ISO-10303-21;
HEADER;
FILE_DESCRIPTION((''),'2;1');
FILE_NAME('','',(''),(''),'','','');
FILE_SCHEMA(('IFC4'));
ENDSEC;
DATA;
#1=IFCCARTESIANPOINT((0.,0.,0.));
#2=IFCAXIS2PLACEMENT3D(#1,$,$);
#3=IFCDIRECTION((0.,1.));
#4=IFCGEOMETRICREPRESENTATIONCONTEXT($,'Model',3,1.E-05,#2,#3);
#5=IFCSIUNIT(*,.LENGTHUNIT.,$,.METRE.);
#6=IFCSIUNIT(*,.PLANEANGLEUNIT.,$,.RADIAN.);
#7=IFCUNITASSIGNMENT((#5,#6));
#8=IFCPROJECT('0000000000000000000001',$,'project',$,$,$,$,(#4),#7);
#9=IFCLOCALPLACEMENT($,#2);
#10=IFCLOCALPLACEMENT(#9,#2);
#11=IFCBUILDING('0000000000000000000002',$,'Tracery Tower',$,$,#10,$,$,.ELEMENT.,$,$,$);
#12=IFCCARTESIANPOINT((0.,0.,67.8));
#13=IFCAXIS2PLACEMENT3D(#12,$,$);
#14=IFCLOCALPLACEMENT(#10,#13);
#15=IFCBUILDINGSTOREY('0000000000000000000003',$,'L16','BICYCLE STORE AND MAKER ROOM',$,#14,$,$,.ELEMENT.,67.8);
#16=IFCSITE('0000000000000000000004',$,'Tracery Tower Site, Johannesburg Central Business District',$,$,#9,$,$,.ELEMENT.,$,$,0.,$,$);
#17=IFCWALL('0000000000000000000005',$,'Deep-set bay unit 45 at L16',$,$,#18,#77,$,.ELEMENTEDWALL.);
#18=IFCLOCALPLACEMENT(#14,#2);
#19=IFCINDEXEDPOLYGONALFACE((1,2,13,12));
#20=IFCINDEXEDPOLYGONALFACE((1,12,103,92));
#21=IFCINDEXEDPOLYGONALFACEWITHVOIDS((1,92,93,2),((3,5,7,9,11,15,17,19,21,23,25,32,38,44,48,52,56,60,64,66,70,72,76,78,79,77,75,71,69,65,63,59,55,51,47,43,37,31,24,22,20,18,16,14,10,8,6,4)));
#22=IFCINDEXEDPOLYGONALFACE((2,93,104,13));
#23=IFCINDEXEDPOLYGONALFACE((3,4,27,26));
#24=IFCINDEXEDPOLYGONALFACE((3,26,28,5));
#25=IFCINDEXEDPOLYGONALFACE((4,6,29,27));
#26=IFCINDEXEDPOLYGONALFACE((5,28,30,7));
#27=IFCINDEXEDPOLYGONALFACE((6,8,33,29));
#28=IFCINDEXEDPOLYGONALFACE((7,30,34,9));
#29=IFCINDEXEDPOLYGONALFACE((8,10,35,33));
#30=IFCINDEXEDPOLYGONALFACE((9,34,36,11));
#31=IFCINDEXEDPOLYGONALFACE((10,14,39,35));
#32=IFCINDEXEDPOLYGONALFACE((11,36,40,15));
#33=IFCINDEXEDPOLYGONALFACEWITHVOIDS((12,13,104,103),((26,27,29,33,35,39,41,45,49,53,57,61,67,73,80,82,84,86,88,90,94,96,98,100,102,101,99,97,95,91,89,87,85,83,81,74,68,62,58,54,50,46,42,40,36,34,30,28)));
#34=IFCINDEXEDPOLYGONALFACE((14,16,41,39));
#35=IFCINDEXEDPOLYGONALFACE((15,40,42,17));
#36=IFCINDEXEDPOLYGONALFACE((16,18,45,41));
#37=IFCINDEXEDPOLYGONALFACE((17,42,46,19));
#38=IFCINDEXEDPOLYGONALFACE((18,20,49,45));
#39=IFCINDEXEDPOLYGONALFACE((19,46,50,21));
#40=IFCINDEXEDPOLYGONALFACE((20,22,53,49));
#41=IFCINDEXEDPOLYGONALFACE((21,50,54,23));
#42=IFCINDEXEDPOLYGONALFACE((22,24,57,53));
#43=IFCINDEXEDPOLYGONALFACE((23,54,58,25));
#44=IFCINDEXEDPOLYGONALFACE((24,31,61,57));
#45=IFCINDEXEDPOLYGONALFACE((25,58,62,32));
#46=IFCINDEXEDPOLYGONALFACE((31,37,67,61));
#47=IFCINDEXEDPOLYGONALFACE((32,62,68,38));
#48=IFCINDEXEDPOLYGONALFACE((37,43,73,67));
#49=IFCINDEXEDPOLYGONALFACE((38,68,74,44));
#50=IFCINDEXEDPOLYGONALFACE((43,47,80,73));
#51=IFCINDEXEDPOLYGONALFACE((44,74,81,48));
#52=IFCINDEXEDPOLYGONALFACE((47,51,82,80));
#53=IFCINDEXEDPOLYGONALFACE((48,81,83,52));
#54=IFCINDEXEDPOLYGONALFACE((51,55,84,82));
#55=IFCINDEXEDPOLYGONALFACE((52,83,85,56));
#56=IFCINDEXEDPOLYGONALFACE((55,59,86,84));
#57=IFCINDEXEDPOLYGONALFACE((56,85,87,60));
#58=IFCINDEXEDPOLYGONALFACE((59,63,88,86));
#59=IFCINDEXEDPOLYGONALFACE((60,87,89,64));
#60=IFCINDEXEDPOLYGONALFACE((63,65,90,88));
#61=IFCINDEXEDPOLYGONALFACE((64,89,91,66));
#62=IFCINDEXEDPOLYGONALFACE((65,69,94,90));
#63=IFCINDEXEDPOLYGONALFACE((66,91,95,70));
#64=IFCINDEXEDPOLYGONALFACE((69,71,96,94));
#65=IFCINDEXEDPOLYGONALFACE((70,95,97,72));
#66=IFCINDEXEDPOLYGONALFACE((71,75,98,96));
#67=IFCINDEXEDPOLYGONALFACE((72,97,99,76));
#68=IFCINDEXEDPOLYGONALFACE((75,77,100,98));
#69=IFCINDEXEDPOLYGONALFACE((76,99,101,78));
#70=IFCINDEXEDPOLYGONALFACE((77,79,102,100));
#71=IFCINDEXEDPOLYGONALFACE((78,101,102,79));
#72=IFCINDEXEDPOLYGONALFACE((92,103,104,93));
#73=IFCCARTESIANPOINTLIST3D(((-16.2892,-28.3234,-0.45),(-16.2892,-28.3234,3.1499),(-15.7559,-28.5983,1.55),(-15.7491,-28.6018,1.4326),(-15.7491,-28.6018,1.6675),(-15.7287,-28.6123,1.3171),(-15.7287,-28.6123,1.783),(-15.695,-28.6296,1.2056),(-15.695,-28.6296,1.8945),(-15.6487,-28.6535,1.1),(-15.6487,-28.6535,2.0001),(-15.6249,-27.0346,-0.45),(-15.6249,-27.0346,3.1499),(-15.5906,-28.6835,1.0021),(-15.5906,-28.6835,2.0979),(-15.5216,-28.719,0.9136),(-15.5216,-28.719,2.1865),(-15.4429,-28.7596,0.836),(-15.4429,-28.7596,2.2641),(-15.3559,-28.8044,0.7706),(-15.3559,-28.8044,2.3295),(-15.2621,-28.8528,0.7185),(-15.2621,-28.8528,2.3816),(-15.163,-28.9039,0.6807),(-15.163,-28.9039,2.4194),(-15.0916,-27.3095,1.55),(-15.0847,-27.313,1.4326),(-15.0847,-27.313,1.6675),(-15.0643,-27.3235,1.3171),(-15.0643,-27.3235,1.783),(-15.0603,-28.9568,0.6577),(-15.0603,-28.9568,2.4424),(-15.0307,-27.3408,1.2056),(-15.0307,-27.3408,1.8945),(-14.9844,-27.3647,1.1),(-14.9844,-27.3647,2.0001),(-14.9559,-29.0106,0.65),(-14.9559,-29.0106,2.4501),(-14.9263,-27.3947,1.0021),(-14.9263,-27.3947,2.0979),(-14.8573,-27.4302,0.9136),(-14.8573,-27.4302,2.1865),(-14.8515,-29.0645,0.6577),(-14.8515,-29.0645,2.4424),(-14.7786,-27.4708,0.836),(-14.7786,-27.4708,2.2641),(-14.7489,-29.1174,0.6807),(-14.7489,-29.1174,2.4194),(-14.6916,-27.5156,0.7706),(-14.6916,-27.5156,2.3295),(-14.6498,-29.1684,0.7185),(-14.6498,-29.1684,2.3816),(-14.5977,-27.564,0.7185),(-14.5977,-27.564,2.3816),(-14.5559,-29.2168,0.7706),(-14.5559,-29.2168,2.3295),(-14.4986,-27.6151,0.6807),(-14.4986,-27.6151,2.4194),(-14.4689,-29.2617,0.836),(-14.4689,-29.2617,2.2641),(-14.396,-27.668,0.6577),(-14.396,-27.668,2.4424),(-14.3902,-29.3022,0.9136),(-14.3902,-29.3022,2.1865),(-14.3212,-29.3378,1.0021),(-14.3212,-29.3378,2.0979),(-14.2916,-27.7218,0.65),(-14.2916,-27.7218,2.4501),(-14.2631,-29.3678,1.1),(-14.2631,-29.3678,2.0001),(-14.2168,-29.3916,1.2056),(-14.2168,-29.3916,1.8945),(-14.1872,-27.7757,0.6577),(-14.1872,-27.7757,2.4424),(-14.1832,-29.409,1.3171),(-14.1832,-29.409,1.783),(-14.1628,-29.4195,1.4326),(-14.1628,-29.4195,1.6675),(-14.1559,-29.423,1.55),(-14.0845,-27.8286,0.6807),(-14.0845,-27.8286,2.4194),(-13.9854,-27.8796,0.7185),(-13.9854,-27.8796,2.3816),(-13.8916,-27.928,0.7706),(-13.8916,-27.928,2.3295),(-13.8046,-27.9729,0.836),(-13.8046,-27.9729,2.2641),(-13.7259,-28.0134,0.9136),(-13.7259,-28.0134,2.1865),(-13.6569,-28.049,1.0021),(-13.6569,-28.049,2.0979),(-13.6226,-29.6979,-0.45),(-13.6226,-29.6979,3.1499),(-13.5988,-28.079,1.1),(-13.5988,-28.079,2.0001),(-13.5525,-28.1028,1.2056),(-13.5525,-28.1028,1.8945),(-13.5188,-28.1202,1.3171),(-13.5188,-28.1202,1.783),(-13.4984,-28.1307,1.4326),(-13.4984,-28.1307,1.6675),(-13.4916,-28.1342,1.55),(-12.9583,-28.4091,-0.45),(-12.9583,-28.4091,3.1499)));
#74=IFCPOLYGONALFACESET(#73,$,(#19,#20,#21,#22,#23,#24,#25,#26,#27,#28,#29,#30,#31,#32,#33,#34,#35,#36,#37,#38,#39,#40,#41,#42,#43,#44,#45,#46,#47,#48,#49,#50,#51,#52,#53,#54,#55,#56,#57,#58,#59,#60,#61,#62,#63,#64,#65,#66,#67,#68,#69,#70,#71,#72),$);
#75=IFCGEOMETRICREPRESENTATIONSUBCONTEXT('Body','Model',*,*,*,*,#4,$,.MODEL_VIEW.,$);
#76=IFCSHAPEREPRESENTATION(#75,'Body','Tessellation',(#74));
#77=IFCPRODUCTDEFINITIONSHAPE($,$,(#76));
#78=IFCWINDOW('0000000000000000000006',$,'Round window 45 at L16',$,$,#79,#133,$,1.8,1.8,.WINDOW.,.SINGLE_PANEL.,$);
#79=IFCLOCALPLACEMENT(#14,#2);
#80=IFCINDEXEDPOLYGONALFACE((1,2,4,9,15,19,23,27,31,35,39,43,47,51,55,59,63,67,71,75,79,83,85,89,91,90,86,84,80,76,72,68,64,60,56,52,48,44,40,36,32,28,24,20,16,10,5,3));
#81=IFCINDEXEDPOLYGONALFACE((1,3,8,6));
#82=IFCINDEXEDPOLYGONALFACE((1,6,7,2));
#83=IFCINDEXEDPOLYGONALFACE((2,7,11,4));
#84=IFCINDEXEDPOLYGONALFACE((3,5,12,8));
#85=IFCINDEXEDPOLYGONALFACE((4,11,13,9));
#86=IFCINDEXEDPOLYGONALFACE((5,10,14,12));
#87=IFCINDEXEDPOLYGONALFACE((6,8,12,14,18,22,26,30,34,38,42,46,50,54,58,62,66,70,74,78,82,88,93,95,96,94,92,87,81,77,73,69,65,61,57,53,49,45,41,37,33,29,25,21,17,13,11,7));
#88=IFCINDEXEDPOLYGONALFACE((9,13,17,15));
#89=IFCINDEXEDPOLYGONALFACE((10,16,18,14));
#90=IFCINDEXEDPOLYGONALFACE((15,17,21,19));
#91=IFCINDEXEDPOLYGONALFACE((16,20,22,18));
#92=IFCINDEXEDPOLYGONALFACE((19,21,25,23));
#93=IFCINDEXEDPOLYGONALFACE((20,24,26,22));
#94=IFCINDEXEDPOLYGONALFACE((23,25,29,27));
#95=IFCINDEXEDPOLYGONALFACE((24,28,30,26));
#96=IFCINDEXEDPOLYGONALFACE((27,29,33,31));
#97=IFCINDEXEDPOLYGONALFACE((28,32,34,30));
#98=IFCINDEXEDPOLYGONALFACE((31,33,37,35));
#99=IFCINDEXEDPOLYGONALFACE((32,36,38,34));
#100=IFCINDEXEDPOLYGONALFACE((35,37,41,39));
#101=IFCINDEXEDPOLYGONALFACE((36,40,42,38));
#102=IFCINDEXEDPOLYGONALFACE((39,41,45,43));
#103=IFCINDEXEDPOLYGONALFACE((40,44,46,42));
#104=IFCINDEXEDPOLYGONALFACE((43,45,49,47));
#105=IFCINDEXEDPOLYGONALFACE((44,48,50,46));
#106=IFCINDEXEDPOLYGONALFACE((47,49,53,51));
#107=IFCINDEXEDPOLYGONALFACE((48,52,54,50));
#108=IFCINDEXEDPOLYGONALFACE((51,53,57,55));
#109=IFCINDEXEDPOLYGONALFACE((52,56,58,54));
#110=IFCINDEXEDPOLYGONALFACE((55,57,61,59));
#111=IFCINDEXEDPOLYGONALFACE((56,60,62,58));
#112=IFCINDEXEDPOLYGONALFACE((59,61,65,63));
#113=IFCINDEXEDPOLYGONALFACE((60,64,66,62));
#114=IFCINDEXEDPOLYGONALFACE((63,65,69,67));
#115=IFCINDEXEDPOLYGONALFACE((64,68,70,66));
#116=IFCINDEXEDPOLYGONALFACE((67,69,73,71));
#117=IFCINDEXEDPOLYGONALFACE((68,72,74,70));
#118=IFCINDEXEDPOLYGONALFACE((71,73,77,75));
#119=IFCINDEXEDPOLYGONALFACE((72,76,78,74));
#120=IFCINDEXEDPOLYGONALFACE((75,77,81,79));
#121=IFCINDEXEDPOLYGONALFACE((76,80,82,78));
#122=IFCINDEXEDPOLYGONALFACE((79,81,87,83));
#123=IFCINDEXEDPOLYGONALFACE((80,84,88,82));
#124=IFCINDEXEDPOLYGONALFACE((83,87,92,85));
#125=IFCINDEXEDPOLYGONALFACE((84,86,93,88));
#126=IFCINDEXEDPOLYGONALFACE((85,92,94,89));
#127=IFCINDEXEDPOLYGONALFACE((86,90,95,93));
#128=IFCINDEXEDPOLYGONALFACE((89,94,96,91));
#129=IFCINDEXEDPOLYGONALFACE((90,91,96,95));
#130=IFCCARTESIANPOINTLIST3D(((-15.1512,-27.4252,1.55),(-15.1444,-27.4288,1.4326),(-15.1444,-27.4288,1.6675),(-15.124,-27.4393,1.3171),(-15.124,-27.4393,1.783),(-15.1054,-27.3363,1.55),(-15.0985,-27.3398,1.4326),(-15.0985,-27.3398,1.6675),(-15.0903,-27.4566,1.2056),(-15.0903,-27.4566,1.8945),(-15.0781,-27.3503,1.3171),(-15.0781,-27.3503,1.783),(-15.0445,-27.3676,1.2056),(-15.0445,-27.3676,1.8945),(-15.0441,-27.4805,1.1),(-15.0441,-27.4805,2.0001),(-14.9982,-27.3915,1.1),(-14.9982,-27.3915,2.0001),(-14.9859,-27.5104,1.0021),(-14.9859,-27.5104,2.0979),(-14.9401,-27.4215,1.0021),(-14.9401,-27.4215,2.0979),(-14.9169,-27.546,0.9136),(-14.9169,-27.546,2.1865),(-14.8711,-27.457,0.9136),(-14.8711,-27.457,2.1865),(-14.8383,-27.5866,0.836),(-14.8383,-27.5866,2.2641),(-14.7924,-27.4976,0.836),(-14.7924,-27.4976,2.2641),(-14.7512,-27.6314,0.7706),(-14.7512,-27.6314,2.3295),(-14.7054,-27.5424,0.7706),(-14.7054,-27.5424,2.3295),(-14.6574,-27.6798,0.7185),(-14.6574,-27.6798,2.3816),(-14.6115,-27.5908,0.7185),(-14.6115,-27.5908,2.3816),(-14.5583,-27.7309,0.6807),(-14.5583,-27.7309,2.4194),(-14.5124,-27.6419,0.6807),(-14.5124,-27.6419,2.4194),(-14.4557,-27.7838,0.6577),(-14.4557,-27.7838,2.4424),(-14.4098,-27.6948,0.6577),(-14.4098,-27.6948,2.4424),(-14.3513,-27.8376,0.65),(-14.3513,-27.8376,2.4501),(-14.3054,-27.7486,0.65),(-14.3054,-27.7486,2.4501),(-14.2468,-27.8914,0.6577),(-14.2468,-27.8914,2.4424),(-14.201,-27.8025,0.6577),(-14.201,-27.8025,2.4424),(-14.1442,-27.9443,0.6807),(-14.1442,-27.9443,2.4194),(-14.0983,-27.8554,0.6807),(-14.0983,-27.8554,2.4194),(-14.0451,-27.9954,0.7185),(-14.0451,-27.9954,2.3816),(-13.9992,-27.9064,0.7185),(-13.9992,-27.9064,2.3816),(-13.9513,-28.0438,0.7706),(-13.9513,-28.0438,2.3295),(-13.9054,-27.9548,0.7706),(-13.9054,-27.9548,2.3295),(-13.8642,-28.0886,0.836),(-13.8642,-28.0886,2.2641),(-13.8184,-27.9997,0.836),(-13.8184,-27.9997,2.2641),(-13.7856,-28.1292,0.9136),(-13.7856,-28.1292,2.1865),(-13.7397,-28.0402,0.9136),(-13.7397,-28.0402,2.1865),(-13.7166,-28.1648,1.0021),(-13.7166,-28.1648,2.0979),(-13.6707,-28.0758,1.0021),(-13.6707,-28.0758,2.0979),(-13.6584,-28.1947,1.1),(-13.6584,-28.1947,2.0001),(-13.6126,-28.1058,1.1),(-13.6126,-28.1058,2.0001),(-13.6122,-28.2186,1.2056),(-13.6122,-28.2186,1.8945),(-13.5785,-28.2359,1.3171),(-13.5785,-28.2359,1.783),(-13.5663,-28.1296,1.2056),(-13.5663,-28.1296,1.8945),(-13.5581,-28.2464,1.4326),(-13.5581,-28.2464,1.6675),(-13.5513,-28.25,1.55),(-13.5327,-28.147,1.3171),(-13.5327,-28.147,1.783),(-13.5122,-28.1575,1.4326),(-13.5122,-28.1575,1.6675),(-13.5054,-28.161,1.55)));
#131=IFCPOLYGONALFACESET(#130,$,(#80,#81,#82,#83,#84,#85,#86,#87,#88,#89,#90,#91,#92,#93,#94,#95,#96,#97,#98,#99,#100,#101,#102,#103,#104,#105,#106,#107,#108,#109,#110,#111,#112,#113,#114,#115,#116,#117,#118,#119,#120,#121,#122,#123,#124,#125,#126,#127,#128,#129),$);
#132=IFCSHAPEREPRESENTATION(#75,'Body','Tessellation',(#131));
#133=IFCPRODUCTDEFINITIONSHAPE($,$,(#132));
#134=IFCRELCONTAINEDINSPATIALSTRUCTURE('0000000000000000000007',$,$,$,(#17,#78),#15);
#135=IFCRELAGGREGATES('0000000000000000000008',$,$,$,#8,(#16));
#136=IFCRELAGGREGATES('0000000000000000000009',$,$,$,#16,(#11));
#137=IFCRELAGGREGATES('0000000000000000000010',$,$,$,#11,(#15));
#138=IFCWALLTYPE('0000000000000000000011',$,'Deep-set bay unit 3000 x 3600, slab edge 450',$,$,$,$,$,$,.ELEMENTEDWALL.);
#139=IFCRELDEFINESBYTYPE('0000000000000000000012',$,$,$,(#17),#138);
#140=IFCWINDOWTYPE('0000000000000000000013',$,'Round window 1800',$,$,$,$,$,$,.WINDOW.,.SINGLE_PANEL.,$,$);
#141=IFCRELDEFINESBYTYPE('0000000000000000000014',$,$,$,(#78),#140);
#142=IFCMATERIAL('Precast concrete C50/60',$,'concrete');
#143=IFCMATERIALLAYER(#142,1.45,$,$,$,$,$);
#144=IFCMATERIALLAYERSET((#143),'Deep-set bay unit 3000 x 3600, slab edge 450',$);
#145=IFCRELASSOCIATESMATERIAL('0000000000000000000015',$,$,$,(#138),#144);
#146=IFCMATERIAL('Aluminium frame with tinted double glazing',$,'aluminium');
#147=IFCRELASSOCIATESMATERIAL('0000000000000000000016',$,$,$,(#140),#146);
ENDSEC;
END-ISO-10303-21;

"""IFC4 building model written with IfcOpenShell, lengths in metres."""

from ifc_helpers import new_model, si_unit, direction, frame, frame_2d, origin, origin_2d, place, context, subcontext, project, spatial, rectangle, circle, extrude, material, layer, layer_set, type_object, element, fill, save


model = new_model("IFC4")

# Units and contexts
model_context = context("Model", 3, precision=1e-05, world=origin(), true_north=direction((0.0, 1.0)))
body_context = subcontext(model_context, "Body", "Model", "MODEL_VIEW")
ifc_project = project(units=[si_unit("LENGTHUNIT", "METRE"), si_unit("PLANEANGLEUNIT", "RADIAN")], contexts=[model_context])

# Site, building, storey
site_placement = place(None, origin())
site = spatial("IfcSite", under=ifc_project, at=site_placement, Name="Tracery Tower Site, Johannesburg Central Business District", CompositionType="ELEMENT", RefElevation=0.0)
building_placement = place(site_placement, origin())
building = spatial("IfcBuilding", under=site, at=building_placement, Name="Tracery Tower", CompositionType="ELEMENT")
storey_placement = place(building_placement, frame((0.0, 0.0, 67.8)))
storey = spatial("IfcBuildingStorey", under=building, at=storey_placement, Name="L16", Description="BICYCLE STORE AND MAKER ROOM", CompositionType="ELEMENT", Elevation=67.8)

# Wall, opening, window
ifc_material_1 = material(Name="Precast concrete C50/60", Category="concrete")
ifc_layer_1 = layer(ifc_material_1, 1.45)
ifc_layer_set_1 = layer_set([ifc_layer_1], Name="Deep-set bay unit 3000 x 3600, slab edge 450")
wall_type_1 = type_object("IfcWallType", Name="Deep-set bay unit 3000 x 3600, slab edge 450", PredefinedType="ELEMENTEDWALL", material=ifc_layer_set_1)
ifc_material_2 = material(Name="Aluminium frame with tinted double glazing", Category="aluminium")
window_type = type_object("IfcWindowType", Name="Round window 1800", PartitioningType="SINGLE_PANEL", PredefinedType="WINDOW", material=ifc_material_2)
wall_1_placement = place(storey_placement, frame((-15.957, -27.679, -0.45), z_axis=(0.0, 0.0, 1.0), x_axis=(0.888858, -0.458183, 0.0)))
wall_1 = element("IfcWall", 1, at=wall_1_placement, inside=storey, type_object=wall_type_1, Name="Deep-set bay unit 45 at L16", PredefinedType="ELEMENTEDWALL", context=body_context, shape_type="SweptSolid", body=[
    extrude(rectangle(XDim=3.0, YDim=1.45, at=frame_2d((1.5, 0.0))), origin(), (0.0, 0.0, 1.0), 3.5999),
])
opening_1_placement = place(wall_1_placement, frame((1.5, 0.0, 2.0)))
opening_1 = element("IfcOpeningElement", 2, at=opening_1_placement, cuts=wall_1, PredefinedType="OPENING", context=body_context, shape_type="SweptSolid", body=[
    extrude(circle(Radius=0.9, at=origin_2d()), frame((0.0, 0.7349, 0.0), z_axis=(0.0, -1.0, 0.0), x_axis=(1.0, 0.0, 0.0)), (0.0, 0.0, 1.0), 1.47),
])
window_1_placement = place(opening_1_placement, origin())
window_1 = element("IfcWindow", 3, at=window_1_placement, inside=storey, type_object=window_type, Name="Round window 45 at L16", OverallHeight=1.8, OverallWidth=1.8, PartitioningType="SINGLE_PANEL", PredefinedType="WINDOW", context=body_context, shape_type="SweptSolid", body=[
    extrude(circle(Radius=0.9, at=origin_2d()), frame((0.0, 0.6948, 0.0), z_axis=(0.0, -1.0, 0.0), x_axis=(1.0, 0.0, 0.0)), (0.0, 0.0, 1.0), 0.1001),
])
fill(opening_1, window_1)

save(model, "model.ifc")
